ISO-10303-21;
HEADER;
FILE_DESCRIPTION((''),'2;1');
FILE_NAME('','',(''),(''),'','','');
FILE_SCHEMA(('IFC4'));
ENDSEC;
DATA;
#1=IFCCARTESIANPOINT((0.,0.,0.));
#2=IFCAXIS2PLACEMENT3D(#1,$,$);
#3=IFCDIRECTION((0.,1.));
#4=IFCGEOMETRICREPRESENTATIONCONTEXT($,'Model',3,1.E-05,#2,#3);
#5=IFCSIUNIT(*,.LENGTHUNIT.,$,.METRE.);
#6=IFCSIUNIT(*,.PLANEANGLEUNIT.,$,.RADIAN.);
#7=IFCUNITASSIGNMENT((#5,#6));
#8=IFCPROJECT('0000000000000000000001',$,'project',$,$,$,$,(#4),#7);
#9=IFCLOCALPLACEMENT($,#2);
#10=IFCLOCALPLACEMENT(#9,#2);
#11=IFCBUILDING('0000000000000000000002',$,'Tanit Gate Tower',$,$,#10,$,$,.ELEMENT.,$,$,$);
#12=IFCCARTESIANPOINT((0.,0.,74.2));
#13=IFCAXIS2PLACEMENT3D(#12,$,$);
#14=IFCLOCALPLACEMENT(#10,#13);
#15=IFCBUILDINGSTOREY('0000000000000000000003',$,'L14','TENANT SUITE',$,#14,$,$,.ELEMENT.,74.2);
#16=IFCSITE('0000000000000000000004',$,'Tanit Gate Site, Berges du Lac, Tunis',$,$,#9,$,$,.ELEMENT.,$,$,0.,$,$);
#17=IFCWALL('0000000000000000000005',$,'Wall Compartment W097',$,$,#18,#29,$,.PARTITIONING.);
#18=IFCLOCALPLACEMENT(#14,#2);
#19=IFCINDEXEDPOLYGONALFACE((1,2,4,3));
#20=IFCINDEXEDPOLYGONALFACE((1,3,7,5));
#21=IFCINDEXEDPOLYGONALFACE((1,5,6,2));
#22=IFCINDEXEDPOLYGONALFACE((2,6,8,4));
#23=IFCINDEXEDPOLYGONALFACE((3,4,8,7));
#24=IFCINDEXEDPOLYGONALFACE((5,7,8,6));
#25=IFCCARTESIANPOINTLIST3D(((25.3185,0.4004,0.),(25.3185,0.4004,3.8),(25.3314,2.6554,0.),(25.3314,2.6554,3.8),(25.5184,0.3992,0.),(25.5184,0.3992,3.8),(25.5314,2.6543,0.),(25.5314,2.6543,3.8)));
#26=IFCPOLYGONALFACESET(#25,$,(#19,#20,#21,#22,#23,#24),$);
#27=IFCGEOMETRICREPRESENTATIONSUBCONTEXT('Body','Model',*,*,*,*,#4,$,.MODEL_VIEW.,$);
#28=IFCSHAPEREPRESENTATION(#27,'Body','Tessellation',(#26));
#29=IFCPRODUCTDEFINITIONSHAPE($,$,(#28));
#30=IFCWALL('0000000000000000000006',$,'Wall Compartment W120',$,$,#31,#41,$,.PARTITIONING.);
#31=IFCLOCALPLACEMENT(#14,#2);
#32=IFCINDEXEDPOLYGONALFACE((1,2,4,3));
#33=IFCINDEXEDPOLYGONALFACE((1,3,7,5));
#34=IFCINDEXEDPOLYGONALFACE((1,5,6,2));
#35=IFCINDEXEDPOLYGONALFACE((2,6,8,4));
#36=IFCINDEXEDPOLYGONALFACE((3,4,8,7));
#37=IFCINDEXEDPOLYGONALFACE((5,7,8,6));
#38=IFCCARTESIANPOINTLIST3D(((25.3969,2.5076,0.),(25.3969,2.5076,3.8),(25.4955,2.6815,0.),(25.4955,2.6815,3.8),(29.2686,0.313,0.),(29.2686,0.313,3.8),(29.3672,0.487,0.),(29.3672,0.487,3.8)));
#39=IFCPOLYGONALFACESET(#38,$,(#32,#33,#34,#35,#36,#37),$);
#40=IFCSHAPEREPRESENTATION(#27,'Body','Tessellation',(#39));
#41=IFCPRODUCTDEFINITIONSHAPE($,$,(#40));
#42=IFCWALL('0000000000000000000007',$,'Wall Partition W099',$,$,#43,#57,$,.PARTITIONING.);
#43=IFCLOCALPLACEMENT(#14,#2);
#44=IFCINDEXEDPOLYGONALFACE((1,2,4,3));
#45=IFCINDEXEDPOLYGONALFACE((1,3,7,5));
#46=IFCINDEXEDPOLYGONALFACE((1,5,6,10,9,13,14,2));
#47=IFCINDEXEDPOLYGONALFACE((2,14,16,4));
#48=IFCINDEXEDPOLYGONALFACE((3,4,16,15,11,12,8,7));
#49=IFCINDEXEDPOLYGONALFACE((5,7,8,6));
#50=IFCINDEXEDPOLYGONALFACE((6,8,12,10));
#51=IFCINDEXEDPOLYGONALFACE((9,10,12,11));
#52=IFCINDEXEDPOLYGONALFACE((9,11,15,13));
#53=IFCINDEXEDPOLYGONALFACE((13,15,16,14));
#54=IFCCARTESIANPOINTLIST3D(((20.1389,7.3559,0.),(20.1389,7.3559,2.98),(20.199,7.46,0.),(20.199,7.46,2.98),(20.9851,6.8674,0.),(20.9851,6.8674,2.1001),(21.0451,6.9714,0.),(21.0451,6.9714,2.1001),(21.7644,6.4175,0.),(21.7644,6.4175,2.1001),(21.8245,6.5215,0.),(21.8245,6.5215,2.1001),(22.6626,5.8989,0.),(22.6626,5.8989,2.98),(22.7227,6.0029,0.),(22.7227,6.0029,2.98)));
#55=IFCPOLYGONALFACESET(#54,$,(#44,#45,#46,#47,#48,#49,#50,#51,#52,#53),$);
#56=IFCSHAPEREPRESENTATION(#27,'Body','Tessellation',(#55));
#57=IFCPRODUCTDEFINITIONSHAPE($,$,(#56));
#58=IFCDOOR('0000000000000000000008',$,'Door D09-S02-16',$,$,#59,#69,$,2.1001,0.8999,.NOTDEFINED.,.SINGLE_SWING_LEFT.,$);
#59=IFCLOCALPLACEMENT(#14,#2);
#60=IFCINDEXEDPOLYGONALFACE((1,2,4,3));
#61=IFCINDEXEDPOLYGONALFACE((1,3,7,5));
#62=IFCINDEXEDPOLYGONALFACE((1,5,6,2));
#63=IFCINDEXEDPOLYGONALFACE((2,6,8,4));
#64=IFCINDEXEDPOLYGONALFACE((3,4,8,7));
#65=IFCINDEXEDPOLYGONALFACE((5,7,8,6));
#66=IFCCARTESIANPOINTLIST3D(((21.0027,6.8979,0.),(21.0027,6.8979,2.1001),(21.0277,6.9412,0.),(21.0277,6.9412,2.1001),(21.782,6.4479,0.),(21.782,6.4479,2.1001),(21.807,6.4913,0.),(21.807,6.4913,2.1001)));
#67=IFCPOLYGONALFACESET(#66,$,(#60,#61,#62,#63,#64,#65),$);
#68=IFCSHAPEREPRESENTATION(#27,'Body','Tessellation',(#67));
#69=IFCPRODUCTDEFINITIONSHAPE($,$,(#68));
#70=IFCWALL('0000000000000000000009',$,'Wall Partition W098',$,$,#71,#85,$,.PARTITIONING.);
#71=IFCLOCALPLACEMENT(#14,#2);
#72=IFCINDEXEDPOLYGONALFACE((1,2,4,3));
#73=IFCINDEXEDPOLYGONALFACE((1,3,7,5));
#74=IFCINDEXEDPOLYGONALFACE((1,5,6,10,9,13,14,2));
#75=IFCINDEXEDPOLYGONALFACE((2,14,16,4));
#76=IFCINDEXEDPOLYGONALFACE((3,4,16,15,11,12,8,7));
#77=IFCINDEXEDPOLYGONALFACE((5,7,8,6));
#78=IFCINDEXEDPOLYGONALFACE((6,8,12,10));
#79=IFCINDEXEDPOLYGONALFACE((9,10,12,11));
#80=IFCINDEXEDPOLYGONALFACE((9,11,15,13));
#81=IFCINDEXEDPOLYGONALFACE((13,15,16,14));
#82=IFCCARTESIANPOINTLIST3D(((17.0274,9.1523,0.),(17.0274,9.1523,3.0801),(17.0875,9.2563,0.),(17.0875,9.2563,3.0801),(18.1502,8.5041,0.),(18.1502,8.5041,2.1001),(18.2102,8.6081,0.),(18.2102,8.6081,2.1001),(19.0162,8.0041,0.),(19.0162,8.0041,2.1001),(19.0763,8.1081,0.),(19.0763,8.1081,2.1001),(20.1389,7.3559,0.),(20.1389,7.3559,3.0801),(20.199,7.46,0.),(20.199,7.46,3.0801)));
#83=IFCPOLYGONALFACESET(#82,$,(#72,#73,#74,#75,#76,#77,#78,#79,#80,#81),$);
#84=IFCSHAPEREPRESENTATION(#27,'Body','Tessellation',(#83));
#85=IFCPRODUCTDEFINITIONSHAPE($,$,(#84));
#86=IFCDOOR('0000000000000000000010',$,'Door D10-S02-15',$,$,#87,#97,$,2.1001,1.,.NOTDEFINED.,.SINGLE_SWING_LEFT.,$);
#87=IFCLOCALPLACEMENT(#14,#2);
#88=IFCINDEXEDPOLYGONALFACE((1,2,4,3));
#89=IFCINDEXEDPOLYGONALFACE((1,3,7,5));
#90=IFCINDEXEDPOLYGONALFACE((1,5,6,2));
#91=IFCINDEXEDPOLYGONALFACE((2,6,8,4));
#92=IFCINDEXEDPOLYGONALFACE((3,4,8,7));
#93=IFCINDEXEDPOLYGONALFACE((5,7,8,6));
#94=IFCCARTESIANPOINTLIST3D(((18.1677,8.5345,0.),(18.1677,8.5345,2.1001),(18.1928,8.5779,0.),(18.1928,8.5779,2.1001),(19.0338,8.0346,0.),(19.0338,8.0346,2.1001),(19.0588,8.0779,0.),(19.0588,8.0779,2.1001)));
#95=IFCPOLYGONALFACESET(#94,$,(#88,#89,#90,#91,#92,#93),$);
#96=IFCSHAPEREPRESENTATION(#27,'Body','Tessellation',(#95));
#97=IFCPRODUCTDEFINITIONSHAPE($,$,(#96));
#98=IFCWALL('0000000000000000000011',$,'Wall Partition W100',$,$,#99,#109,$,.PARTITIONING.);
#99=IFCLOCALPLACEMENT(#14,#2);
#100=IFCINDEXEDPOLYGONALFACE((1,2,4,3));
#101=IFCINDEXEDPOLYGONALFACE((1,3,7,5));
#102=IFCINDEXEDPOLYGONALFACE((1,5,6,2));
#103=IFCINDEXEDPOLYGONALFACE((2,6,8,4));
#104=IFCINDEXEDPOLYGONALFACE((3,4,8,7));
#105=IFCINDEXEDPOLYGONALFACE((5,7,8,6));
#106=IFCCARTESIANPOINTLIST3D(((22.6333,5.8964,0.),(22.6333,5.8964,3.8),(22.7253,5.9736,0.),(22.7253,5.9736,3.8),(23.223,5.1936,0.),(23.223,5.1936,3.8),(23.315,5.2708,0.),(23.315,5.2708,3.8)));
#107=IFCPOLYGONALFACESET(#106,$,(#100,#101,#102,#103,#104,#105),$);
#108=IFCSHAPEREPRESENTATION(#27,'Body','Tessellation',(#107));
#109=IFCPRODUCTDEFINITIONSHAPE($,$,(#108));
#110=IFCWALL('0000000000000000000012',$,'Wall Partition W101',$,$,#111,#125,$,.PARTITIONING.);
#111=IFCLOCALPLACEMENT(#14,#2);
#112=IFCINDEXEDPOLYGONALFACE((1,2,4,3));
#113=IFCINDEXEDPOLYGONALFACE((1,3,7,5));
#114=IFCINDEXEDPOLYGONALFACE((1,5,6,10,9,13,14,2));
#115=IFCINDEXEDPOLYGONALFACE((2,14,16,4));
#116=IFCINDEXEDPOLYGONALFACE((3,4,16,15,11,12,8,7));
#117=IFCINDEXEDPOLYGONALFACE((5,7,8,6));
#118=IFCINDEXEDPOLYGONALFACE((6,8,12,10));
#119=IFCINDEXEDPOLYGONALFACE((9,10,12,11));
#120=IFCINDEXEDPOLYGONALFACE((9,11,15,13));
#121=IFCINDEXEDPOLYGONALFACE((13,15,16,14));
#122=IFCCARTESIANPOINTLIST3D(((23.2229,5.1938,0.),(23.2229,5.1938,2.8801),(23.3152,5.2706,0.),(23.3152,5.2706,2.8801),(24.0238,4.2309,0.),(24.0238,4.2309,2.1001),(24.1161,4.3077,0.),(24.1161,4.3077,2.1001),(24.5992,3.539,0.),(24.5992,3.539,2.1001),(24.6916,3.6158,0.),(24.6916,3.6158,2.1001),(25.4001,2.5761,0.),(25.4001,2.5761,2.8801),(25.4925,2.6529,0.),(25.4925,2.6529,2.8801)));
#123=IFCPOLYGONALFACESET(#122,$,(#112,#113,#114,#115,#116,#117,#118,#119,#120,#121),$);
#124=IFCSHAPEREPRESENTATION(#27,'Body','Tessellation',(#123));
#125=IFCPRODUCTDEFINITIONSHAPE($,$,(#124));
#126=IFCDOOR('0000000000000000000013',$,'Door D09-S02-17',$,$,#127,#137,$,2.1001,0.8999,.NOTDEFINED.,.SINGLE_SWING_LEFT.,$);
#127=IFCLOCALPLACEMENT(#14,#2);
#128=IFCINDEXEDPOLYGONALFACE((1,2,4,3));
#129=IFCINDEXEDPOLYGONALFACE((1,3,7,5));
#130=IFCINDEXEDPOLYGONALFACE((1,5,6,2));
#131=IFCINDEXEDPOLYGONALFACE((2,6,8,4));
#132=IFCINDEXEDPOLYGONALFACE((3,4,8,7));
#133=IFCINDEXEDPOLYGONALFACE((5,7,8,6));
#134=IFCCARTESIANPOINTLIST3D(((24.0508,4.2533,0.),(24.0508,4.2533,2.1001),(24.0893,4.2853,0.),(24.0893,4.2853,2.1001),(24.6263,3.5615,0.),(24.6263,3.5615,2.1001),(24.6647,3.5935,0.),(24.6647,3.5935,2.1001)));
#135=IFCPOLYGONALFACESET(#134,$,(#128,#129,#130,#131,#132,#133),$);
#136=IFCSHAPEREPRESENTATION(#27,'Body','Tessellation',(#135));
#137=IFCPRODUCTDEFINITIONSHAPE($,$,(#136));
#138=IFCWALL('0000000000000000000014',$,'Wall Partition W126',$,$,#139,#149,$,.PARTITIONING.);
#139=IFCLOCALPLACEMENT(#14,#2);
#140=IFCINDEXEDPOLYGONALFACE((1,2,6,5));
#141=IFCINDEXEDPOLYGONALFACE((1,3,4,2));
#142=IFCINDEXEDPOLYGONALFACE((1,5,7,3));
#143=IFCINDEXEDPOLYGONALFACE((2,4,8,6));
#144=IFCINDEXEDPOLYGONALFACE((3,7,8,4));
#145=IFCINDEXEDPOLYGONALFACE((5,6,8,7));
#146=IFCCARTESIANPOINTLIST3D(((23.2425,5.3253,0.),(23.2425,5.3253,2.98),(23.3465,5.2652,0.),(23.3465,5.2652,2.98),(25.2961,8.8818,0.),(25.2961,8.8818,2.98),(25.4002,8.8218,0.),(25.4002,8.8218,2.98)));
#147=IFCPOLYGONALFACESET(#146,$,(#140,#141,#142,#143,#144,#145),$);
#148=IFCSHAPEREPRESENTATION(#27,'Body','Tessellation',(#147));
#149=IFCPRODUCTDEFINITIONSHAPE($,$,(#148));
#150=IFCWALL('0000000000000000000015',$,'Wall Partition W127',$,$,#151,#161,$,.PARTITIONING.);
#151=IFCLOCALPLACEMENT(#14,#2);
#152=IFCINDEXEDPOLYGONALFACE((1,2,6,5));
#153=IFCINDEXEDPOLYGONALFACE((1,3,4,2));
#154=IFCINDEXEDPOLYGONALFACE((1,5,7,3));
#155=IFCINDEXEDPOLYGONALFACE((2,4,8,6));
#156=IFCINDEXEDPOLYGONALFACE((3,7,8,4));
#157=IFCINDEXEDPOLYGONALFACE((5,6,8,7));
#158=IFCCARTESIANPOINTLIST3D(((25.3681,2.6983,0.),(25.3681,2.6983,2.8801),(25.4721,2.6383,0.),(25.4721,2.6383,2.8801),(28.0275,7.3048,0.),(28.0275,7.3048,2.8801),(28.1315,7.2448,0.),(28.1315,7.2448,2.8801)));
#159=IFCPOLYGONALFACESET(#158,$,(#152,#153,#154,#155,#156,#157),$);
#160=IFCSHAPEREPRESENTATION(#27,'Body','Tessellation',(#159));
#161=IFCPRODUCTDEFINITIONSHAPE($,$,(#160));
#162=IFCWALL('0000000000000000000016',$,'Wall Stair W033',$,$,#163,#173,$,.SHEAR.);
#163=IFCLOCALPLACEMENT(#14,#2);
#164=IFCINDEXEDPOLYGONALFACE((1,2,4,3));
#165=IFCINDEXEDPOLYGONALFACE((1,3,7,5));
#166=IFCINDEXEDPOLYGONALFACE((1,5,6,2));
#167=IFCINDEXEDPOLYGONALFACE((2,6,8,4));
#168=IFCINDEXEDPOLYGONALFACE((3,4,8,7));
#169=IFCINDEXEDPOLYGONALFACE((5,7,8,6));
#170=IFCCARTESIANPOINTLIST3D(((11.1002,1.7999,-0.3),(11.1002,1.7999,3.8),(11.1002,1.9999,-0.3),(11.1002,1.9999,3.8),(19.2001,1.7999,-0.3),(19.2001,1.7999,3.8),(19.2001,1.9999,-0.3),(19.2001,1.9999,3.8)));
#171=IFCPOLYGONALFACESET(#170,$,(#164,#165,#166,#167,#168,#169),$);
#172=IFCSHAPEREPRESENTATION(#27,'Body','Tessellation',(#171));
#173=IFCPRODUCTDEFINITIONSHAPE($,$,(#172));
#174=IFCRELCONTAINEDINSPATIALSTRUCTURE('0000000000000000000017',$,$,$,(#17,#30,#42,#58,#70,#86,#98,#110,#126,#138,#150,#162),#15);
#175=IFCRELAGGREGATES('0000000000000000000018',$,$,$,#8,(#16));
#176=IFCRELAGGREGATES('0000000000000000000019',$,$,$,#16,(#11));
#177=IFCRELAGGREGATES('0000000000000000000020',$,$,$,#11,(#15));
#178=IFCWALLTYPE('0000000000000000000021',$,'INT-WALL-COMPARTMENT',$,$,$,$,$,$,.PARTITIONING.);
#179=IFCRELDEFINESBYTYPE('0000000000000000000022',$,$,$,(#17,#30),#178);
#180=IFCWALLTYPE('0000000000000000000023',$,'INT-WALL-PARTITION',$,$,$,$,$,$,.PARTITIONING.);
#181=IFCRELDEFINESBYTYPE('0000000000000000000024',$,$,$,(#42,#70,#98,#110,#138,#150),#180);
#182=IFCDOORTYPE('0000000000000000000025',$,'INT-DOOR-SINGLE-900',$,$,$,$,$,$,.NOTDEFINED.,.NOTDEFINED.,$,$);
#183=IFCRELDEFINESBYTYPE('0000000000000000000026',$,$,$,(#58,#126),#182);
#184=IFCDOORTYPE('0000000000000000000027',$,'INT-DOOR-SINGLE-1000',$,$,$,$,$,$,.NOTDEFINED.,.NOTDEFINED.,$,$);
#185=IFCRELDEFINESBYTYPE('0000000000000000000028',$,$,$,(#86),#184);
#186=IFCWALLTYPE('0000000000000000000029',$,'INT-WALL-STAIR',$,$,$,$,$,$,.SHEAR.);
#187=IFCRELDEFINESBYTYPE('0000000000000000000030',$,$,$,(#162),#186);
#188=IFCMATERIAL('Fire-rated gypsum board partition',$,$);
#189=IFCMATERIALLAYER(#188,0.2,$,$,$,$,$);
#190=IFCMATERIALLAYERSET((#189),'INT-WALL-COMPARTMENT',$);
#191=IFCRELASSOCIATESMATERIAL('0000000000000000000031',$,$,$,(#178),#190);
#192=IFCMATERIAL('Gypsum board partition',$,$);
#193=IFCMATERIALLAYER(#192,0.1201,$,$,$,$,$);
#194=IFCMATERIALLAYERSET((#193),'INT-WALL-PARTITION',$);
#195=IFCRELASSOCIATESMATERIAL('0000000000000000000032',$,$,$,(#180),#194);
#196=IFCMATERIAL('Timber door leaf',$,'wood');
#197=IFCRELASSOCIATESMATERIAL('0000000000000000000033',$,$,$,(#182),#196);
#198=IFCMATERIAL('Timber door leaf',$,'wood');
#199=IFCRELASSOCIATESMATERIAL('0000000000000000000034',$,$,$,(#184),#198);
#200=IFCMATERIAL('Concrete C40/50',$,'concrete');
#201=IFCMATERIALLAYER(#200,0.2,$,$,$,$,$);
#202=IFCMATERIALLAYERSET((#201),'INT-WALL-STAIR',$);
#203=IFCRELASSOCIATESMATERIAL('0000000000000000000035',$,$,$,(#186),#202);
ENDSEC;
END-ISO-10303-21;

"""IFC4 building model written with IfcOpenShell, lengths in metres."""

from ifc_helpers import new_model, si_unit, direction, frame, frame_2d, origin, place, context, subcontext, project, spatial, rectangle, extrude, material, layer, layer_set, type_object, element, fill, save


model = new_model("IFC4")

# Units and contexts
model_context = context("Model", 3, precision=1e-05, world=origin(), true_north=direction((0.0, 1.0)))
body_context = subcontext(model_context, "Body", "Model", "MODEL_VIEW")
ifc_project = project(units=[si_unit("LENGTHUNIT", "METRE"), si_unit("PLANEANGLEUNIT", "RADIAN")], contexts=[model_context])

# Site, building, storey
site_placement = place(None, origin())
site = spatial("IfcSite", under=ifc_project, at=site_placement, Name="Tanit Gate Site, Berges du Lac, Tunis", CompositionType="ELEMENT", RefElevation=0.0)
building_placement = place(site_placement, origin())
building = spatial("IfcBuilding", under=site, at=building_placement, Name="Tanit Gate Tower", CompositionType="ELEMENT")
storey_placement = place(building_placement, frame((0.0, 0.0, 74.2)))
storey = spatial("IfcBuildingStorey", under=building, at=storey_placement, Name="L14", Description="TENANT SUITE", CompositionType="ELEMENT", Elevation=74.2)

# Walls
ifc_material_1 = material(Name="Fire-rated gypsum board partition")
ifc_layer_1 = layer(ifc_material_1, 0.2)
ifc_layer_set_1 = layer_set([ifc_layer_1], Name="INT-WALL-COMPARTMENT")
wall_type_1 = type_object("IfcWallType", Name="INT-WALL-COMPARTMENT", PredefinedType="PARTITIONING", material=ifc_layer_set_1)
wall_1_placement = place(storey_placement, frame((25.4185, 0.3999, 0.0), z_axis=(0.0, 0.0, 1.0), x_axis=(0.005738, 0.999984, 0.0)))
element("IfcWall", 1, at=wall_1_placement, inside=storey, type_object=wall_type_1, Name="Wall Compartment W097", PredefinedType="PARTITIONING", context=body_context, shape_type="SweptSolid", body=[
    extrude(rectangle(XDim=2.2551, YDim=0.2, at=frame_2d((1.1274, 0.0))), origin(), (0.0, 0.0, 1.0), 3.8),
])
wall_2_placement = place(storey_placement, frame((25.4463, 2.5945, 0.0), z_axis=(0.0, 0.0, 1.0), x_axis=(0.86997, -0.493105, 0.0)))
element("IfcWall", 2, at=wall_2_placement, inside=storey, type_object=wall_type_1, Name="Wall Compartment W120", PredefinedType="PARTITIONING", context=body_context, shape_type="SweptSolid", body=[
    extrude(rectangle(XDim=4.4504, YDim=0.2, at=frame_2d((2.2251, 0.0))), origin(), (0.0, 0.0, 1.0), 3.8),
])

# Walls, openings, doors
ifc_material_2 = material(Name="Gypsum board partition")
ifc_layer_2 = layer(ifc_material_2, 0.1201)
ifc_layer_set_2 = layer_set([ifc_layer_2], Name="INT-WALL-PARTITION")
wall_type_2 = type_object("IfcWallType", Name="INT-WALL-PARTITION", PredefinedType="PARTITIONING", material=ifc_layer_set_2)
wall_3_placement = place(storey_placement, frame((22.6926, 5.9509, 0.0), z_axis=(0.0, 0.0, 1.0), x_axis=(-0.866028, 0.499996, 0.0)))
wall_3 = element("IfcWall", 3, at=wall_3_placement, inside=storey, type_object=wall_type_2, Name="Wall Partition W099", PredefinedType="PARTITIONING", context=body_context, shape_type="SweptSolid", body=[
    extrude(rectangle(XDim=2.9141, YDim=0.1201, at=frame_2d((1.457, 0.0))), origin(), (0.0, 0.0, 1.0), 2.98),
])
opening_1_placement = place(wall_3_placement, frame((1.0371, 0.0, 0.0)))
opening_1 = element("IfcOpeningElement", 4, at=opening_1_placement, cuts=wall_3, PredefinedType="OPENING", context=body_context, shape_type="SweptSolid", body=[
    extrude(rectangle(XDim=0.8999, YDim=2.1001, at=frame_2d((0.45, 1.05))), frame((0.0, 0.0701, 0.0), z_axis=(0.0, -1.0, 0.0), x_axis=(1.0, 0.0, 0.0)), (0.0, 0.0, 1.0), 0.1401),
])
ifc_material_3 = material(Name="Timber door leaf", Category="wood")
door_type_1 = type_object("IfcDoorType", Name="INT-DOOR-SINGLE-900", OperationType="NOTDEFINED", PredefinedType="NOTDEFINED", material=ifc_material_3)
door_1_placement = place(opening_1_placement, origin())
door_1 = element("IfcDoor", 5, at=door_1_placement, inside=storey, type_object=door_type_1, Name="Door D09-S02-16", OperationType="SINGLE_SWING_LEFT", OverallHeight=2.1001, OverallWidth=0.8999, PredefinedType="NOTDEFINED", context=body_context, shape_type="SweptSolid", body=[
    extrude(rectangle(XDim=0.8999, YDim=2.1001, at=frame_2d((0.45, 1.05))), frame((0.0, 0.0249, 0.0), z_axis=(0.0, -1.0, 0.0), x_axis=(1.0, 0.0, 0.0)), (0.0, 0.0, 1.0), 0.05),
])
fill(opening_1, door_1)
wall_4_placement = place(storey_placement, frame((20.1689, 7.408, 0.0), z_axis=(0.0, 0.0, 1.0), x_axis=(-0.866035, 0.499983, 0.0)))
wall_4 = element("IfcWall", 6, at=wall_4_placement, inside=storey, type_object=wall_type_2, Name="Wall Partition W098", PredefinedType="PARTITIONING", context=body_context, shape_type="SweptSolid", body=[
    extrude(rectangle(XDim=3.5928, YDim=0.1201, at=frame_2d((1.7964, 0.0))), origin(), (0.0, 0.0, 1.0), 3.0801),
])
opening_2_placement = place(wall_4_placement, frame((1.2964, 0.0, 0.0)))
opening_2 = element("IfcOpeningElement", 7, at=opening_2_placement, cuts=wall_4, PredefinedType="OPENING", context=body_context, shape_type="SweptSolid", body=[
    extrude(rectangle(XDim=1.0, YDim=2.1001, at=frame_2d((0.5, 1.05))), frame((0.0, 0.0701, 0.0), z_axis=(0.0, -1.0, 0.0), x_axis=(1.0, 0.0, 0.0)), (0.0, 0.0, 1.0), 0.1401),
])
ifc_material_4 = material(Name="Timber door leaf", Category="wood")
door_type_2 = type_object("IfcDoorType", Name="INT-DOOR-SINGLE-1000", OperationType="NOTDEFINED", PredefinedType="NOTDEFINED", material=ifc_material_4)
door_2_placement = place(opening_2_placement, origin())
door_2 = element("IfcDoor", 8, at=door_2_placement, inside=storey, type_object=door_type_2, Name="Door D10-S02-15", OperationType="SINGLE_SWING_LEFT", OverallHeight=2.1001, OverallWidth=1.0, PredefinedType="NOTDEFINED", context=body_context, shape_type="SweptSolid", body=[
    extrude(rectangle(XDim=1.0, YDim=2.1001, at=frame_2d((0.5, 1.05))), frame((0.0, 0.0249, 0.0), z_axis=(0.0, -1.0, 0.0), x_axis=(1.0, 0.0, 0.0)), (0.0, 0.0, 1.0), 0.05),
])
fill(opening_2, door_2)

# Wall
wall_5_placement = place(storey_placement, frame((23.269, 5.2322, 0.0), z_axis=(0.0, 0.0, 1.0), x_axis=(-0.642824, 0.766014, 0.0)))
element("IfcWall", 9, at=wall_5_placement, inside=storey, type_object=wall_type_2, Name="Wall Partition W100", PredefinedType="PARTITIONING", context=body_context, shape_type="SweptSolid", body=[
    extrude(rectangle(XDim=0.9175, YDim=0.1201, at=frame_2d((0.4587, 0.0))), origin(), (0.0, 0.0, 1.0), 3.8),
])

# Wall, opening, door
wall_6_placement = place(storey_placement, frame((25.4463, 2.6145, 0.0), z_axis=(0.0, 0.0, 1.0), x_axis=(-0.639465, 0.76882, 0.0)))
wall_6 = element("IfcWall", 10, at=wall_6_placement, inside=storey, type_object=wall_type_2, Name="Wall Partition W101", PredefinedType="PARTITIONING", context=body_context, shape_type="SweptSolid", body=[
    extrude(rectangle(XDim=3.4048, YDim=0.1201, at=frame_2d((1.7024, 0.0))), origin(), (0.0, 0.0, 1.0), 2.8801),
])
opening_3_placement = place(wall_6_placement, frame((1.2524, 0.0, 0.0)))
opening_3 = element("IfcOpeningElement", 11, at=opening_3_placement, cuts=wall_6, PredefinedType="OPENING", context=body_context, shape_type="SweptSolid", body=[
    extrude(rectangle(XDim=0.8999, YDim=2.1001, at=frame_2d((0.45, 1.05))), frame((0.0, 0.0701, 0.0), z_axis=(0.0, -1.0, 0.0), x_axis=(1.0, 0.0, 0.0)), (0.0, 0.0, 1.0), 0.1401),
])
door_3_placement = place(opening_3_placement, origin())
door_3 = element("IfcDoor", 12, at=door_3_placement, inside=storey, type_object=door_type_1, Name="Door D09-S02-17", OperationType="SINGLE_SWING_LEFT", OverallHeight=2.1001, OverallWidth=0.8999, PredefinedType="NOTDEFINED", context=body_context, shape_type="SweptSolid", body=[
    extrude(rectangle(XDim=0.8999, YDim=2.1001, at=frame_2d((0.45, 1.05))), frame((0.0, 0.0249, 0.0), z_axis=(0.0, -1.0, 0.0), x_axis=(1.0, 0.0, 0.0)), (0.0, 0.0, 1.0), 0.05),
])
fill(opening_3, door_3)

# Walls
wall_7_placement = place(storey_placement, frame((25.3481, 8.8518, 0.0), z_axis=(0.0, 0.0, 1.0), x_axis=(-0.500052, -0.865996, 0.0)))
element("IfcWall", 13, at=wall_7_placement, inside=storey, type_object=wall_type_2, Name="Wall Partition W126", PredefinedType="PARTITIONING", context=body_context, shape_type="SweptSolid", body=[
    extrude(rectangle(XDim=4.1069, YDim=0.1201, at=frame_2d((2.0535, 0.0))), origin(), (0.0, 0.0, 1.0), 2.98),
])
wall_8_placement = place(storey_placement, frame((28.0796, 7.2749, 0.0), z_axis=(0.0, 0.0, 1.0), x_axis=(-0.499985, -0.866034, 0.0)))
element("IfcWall", 14, at=wall_8_placement, inside=storey, type_object=wall_type_2, Name="Wall Partition W127", PredefinedType="PARTITIONING", context=body_context, shape_type="SweptSolid", body=[
    extrude(rectangle(XDim=5.3191, YDim=0.1201, at=frame_2d((2.6597, 0.0))), origin(), (0.0, 0.0, 1.0), 2.8801),
])
ifc_material_5 = material(Name="Concrete C40/50", Category="concrete")
ifc_layer_3 = layer(ifc_material_5, 0.2)
ifc_layer_set_3 = layer_set([ifc_layer_3], Name="INT-WALL-STAIR")
wall_type_3 = type_object("IfcWallType", Name="INT-WALL-STAIR", PredefinedType="SHEAR", material=ifc_layer_set_3)
wall_9_placement = place(storey_placement, frame((19.2, 1.8999, -0.3), z_axis=(0.0, 0.0, 1.0), x_axis=(-1.0, 0.0, 0.0)))
element("IfcWall", 15, at=wall_9_placement, inside=storey, type_object=wall_type_3, Name="Wall Stair W033", PredefinedType="SHEAR", context=body_context, shape_type="SweptSolid", body=[
    extrude(rectangle(XDim=8.0999, YDim=0.2, at=frame_2d((4.0498, 0.0))), origin(), (0.0, 0.0, 1.0), 4.1001),
])

save(model, "model.ifc")
